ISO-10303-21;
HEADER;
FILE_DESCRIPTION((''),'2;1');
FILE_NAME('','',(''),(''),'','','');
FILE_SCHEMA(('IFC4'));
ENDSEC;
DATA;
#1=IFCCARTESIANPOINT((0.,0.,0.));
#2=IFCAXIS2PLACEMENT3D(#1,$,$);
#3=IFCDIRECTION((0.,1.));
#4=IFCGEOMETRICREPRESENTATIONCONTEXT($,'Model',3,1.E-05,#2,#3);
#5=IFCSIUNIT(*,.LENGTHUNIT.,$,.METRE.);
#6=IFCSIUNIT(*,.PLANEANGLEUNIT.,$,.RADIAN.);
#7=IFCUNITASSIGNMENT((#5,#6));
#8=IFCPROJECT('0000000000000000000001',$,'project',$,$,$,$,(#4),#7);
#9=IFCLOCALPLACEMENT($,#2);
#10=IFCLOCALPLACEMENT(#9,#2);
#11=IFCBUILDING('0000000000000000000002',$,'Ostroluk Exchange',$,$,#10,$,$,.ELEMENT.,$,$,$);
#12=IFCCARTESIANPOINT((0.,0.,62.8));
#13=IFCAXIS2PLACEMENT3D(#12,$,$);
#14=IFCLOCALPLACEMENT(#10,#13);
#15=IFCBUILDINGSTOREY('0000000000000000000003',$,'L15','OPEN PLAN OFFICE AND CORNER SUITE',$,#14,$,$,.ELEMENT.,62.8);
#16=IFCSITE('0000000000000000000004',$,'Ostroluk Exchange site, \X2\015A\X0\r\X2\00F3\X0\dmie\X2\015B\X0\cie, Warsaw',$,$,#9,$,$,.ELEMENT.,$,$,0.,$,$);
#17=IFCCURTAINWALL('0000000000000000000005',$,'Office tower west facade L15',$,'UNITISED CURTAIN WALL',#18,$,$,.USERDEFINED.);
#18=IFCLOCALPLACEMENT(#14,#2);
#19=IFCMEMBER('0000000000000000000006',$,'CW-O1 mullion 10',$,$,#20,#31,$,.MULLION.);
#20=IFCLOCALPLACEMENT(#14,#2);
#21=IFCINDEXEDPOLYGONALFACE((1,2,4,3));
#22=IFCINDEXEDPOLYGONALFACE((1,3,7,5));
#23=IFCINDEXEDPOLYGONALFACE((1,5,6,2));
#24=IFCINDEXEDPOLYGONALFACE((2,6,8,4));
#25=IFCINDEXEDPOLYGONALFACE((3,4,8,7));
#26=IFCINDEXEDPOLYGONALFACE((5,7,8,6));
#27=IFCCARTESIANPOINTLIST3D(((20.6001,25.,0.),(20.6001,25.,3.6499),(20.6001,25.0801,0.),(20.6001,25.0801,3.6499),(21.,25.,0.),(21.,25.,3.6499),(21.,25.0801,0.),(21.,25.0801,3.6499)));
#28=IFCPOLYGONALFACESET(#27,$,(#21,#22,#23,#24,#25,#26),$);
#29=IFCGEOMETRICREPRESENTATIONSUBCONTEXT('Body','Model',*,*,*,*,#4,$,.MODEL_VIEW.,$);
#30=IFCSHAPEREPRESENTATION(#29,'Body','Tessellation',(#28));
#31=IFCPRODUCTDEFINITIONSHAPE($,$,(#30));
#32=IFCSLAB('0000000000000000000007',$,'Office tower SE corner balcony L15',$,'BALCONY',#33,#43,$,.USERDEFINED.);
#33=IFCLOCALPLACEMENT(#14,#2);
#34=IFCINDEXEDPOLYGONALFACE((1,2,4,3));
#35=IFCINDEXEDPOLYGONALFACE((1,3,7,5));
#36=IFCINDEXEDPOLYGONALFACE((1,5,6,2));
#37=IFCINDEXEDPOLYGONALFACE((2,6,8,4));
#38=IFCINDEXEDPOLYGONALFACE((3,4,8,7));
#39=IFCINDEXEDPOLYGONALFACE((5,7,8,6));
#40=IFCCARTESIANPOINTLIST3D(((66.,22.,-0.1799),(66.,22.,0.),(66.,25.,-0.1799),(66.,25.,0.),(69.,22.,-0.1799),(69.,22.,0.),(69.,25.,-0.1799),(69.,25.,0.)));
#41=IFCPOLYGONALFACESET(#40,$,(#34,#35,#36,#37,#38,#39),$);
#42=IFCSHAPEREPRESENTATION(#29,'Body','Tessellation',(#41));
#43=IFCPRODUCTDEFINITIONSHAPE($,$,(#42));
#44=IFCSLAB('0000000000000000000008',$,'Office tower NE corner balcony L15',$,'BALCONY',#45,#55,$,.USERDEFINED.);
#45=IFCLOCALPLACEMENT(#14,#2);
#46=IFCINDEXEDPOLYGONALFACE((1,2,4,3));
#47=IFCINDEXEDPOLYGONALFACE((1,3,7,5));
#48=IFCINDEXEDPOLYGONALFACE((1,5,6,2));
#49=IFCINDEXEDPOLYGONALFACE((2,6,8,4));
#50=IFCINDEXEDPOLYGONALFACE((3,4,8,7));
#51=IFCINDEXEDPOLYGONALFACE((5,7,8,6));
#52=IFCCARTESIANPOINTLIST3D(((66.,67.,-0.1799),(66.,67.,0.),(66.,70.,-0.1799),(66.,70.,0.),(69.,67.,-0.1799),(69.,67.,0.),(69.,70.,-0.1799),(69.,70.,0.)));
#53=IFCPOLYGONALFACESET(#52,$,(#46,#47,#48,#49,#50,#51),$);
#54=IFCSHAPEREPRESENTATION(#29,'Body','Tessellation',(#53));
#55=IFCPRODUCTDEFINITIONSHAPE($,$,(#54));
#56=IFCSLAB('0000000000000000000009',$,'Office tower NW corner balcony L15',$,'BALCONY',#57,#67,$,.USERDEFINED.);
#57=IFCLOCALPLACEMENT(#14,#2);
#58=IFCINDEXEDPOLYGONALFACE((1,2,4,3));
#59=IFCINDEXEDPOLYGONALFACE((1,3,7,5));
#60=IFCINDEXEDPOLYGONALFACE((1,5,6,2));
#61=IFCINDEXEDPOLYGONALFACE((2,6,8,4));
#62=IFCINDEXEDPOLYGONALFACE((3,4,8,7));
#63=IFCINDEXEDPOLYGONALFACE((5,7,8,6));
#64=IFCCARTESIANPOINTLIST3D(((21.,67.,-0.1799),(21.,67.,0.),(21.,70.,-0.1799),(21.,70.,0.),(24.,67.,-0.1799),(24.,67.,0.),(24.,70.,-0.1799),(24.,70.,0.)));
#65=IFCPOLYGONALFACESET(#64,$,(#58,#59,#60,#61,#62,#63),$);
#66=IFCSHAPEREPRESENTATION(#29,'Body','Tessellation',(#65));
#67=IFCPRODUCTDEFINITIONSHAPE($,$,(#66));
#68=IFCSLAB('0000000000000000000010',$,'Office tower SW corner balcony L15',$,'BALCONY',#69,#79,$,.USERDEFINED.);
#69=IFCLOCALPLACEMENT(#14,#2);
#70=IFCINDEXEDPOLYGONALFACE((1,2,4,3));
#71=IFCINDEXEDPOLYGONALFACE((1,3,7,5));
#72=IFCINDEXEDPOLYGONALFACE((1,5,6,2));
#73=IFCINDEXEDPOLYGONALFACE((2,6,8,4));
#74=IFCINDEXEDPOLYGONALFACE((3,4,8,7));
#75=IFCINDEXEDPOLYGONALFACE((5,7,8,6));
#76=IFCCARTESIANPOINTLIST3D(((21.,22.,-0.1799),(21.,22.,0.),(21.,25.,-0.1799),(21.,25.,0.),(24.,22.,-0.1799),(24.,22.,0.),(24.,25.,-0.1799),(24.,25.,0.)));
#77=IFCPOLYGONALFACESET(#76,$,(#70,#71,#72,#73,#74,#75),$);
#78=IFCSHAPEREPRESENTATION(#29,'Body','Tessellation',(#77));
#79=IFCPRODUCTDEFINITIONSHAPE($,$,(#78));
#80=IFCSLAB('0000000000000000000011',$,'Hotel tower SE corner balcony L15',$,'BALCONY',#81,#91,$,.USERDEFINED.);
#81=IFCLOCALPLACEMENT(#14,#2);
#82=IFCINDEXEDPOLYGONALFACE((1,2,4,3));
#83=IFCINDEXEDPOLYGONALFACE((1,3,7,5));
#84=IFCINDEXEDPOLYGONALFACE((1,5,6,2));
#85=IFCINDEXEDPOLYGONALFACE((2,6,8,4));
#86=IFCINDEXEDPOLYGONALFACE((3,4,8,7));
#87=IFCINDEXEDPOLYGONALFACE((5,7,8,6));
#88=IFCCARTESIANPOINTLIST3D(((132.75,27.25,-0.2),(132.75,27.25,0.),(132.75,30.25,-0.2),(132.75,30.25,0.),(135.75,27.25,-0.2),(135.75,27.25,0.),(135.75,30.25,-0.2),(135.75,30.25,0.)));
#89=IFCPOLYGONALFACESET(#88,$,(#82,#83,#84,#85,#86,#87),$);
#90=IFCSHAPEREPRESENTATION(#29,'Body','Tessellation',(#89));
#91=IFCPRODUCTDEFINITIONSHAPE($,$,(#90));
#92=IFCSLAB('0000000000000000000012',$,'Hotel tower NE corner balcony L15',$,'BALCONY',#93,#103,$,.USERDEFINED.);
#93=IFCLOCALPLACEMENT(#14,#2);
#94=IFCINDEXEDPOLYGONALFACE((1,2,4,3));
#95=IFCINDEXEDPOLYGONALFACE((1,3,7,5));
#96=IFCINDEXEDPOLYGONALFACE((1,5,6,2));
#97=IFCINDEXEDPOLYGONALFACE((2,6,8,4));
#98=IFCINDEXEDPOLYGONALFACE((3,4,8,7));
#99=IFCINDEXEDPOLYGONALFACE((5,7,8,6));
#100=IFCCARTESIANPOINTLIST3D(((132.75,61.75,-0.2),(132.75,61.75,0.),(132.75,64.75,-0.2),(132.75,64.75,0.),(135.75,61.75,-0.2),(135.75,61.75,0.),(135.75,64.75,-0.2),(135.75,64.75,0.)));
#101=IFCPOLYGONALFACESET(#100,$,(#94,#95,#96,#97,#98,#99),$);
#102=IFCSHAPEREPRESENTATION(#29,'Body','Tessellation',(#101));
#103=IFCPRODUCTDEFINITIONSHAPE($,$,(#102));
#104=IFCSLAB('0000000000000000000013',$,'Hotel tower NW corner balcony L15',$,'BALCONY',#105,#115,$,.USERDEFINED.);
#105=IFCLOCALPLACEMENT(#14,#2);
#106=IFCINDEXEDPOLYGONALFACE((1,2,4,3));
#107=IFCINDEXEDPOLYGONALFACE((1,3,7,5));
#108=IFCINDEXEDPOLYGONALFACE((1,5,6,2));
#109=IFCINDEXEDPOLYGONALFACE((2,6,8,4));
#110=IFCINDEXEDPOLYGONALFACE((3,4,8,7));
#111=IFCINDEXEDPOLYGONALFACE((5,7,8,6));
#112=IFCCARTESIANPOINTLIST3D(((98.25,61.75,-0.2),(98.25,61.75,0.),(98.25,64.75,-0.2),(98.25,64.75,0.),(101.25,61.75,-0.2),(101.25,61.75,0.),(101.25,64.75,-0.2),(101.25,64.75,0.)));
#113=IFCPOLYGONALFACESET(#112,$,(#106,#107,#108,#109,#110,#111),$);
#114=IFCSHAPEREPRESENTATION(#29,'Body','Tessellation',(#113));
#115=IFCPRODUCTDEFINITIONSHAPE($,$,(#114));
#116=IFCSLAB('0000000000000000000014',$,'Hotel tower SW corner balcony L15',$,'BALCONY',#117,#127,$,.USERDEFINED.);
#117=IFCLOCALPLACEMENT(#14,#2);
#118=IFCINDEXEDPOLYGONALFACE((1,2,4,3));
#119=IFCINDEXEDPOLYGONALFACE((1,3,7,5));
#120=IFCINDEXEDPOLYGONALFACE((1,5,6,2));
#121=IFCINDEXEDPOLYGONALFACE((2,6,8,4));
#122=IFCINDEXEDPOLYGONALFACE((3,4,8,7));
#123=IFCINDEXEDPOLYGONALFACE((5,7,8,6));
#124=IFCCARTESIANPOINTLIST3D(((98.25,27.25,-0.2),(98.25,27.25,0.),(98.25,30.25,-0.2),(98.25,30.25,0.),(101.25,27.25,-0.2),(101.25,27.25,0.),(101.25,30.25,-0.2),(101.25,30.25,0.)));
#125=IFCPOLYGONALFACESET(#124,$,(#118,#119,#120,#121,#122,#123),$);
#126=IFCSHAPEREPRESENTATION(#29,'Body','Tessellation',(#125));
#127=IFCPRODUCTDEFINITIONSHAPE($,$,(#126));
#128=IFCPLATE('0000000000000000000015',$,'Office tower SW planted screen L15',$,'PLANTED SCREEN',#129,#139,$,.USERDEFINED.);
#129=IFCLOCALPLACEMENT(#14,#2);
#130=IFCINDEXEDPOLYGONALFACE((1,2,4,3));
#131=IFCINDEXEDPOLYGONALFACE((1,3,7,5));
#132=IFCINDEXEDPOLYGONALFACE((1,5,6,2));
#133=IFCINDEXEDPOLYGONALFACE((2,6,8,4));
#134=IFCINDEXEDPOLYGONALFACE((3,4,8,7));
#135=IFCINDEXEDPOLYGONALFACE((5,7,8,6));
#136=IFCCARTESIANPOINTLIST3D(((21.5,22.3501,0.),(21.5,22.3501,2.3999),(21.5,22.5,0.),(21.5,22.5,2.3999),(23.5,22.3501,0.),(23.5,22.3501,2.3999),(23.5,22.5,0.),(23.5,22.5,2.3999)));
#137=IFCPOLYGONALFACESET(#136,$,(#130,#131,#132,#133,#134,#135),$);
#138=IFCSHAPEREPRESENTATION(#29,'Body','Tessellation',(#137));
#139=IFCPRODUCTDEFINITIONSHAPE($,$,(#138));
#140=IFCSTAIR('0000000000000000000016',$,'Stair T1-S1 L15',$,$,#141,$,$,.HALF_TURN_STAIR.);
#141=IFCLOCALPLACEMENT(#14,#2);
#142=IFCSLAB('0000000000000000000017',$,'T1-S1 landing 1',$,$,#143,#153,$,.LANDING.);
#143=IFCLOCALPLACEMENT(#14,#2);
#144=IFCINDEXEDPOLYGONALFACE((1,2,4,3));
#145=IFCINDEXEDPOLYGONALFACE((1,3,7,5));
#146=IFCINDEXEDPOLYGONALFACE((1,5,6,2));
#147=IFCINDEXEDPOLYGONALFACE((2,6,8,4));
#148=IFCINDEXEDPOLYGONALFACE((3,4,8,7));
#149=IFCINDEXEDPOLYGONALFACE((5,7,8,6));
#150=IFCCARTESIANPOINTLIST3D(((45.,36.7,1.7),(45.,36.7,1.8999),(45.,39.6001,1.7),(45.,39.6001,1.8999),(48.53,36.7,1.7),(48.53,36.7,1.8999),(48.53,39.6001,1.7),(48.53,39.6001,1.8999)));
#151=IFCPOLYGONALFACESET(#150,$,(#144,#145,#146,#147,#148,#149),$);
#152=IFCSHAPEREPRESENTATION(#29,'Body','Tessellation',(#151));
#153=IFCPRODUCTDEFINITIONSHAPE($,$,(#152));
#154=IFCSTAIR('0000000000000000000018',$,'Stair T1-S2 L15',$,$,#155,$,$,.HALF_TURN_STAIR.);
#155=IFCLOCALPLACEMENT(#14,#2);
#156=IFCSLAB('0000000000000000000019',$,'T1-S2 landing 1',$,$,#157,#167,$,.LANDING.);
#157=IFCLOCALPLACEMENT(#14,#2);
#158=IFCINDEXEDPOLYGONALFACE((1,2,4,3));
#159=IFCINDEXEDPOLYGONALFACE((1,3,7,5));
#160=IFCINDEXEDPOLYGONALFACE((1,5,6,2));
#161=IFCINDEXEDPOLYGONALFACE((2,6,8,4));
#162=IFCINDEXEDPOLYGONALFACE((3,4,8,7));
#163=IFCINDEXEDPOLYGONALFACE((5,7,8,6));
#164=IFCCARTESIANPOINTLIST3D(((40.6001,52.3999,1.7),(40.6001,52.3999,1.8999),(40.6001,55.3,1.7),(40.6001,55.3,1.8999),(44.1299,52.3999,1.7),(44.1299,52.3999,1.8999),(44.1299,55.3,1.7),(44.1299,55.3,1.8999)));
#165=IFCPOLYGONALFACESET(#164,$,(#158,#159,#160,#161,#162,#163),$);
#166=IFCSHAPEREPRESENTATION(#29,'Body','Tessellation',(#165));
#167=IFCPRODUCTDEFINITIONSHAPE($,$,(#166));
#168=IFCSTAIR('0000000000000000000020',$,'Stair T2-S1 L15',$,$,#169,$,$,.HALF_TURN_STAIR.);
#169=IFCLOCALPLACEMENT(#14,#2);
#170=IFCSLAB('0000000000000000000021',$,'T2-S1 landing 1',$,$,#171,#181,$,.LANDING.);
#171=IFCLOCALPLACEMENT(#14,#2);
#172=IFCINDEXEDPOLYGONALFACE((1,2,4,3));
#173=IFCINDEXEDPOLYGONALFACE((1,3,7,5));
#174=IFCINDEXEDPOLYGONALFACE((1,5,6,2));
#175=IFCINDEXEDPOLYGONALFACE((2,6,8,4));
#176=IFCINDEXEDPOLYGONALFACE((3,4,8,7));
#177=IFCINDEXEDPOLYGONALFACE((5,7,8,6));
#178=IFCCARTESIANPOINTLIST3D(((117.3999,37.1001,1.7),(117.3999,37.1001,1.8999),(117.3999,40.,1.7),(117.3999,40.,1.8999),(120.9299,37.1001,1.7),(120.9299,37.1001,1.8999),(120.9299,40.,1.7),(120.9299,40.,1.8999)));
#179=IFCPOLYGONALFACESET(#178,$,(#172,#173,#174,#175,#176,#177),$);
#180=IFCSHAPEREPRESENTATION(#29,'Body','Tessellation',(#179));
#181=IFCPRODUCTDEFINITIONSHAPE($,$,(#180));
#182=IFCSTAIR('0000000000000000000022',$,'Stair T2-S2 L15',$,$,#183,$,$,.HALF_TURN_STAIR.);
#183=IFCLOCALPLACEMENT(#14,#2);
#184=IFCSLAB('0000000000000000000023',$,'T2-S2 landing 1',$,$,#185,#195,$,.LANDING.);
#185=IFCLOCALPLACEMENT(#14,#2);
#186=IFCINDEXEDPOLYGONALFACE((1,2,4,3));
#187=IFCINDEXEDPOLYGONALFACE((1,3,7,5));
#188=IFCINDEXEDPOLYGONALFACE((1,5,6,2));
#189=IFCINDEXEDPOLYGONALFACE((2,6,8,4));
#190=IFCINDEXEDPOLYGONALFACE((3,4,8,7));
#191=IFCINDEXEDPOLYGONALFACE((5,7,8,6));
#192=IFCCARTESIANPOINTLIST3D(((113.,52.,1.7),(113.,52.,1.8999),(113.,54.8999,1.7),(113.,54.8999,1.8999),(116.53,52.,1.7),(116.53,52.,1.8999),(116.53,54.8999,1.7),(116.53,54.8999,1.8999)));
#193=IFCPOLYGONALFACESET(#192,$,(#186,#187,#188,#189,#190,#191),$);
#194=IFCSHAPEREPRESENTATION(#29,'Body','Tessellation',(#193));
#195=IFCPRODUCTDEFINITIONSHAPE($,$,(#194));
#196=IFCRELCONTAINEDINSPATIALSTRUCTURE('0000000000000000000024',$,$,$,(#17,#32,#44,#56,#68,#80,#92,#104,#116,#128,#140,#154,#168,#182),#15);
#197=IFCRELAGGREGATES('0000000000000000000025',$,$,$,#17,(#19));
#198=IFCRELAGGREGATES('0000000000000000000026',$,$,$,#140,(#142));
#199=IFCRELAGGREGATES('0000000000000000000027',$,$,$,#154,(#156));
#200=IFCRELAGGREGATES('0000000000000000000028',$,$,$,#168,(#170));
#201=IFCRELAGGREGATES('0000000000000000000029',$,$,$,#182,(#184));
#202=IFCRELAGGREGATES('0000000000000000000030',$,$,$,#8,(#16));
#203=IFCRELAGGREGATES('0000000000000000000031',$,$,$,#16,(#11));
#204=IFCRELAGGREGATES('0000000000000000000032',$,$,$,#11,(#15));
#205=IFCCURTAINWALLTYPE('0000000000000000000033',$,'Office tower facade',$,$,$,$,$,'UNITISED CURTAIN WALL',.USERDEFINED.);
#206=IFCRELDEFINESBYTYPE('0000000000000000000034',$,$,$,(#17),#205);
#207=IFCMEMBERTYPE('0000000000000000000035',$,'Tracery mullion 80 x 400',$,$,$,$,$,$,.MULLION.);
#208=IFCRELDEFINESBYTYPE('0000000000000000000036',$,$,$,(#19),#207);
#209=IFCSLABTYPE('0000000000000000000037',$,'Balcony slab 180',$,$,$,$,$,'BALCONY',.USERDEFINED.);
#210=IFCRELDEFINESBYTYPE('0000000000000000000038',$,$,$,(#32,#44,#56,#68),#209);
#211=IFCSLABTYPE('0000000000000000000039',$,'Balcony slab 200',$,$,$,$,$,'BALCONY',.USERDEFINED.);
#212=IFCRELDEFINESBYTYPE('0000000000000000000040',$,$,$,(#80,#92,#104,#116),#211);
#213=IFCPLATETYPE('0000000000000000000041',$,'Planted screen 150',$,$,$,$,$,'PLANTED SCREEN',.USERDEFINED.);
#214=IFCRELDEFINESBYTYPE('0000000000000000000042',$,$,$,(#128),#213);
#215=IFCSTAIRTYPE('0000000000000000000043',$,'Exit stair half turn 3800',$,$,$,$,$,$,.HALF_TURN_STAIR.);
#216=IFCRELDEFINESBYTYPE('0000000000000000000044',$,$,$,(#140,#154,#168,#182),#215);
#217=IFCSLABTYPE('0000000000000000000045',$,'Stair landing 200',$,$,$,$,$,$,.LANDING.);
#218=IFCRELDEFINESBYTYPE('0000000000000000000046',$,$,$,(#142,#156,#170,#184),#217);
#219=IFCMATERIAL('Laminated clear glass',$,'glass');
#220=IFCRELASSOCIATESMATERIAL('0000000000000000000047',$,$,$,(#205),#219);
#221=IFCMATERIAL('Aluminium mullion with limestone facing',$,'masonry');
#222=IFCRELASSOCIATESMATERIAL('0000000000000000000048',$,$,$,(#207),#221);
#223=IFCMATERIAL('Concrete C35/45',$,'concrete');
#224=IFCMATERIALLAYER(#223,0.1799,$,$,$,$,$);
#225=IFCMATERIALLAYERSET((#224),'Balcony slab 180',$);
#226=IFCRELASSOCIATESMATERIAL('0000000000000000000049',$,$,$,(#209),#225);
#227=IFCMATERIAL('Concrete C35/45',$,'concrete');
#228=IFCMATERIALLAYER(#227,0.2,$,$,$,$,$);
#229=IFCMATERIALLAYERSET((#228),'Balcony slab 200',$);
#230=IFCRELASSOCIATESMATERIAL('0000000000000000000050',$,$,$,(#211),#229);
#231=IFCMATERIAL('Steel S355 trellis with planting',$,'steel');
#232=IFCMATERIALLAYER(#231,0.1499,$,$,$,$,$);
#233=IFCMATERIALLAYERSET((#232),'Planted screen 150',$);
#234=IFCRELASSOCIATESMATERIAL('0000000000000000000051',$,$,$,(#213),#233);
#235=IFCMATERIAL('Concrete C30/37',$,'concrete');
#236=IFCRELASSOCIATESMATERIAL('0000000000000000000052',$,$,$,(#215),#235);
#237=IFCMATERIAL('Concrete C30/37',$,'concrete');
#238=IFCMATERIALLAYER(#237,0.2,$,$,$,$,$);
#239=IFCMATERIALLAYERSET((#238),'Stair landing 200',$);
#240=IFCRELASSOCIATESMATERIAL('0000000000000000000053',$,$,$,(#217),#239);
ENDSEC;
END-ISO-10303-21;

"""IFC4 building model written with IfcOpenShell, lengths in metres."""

from ifc_helpers import new_model, si_unit, direction, frame, origin, origin_2d, place, context, subcontext, project, spatial, polyline, rectangle, outline, extrude, material, layer, layer_set, material_profile, profile_set, type_object, element, aggregate, save


model = new_model("IFC4")

# Units and contexts
model_context = context("Model", 3, precision=1e-05, world=origin(), true_north=direction((0.0, 1.0)))
body_context = subcontext(model_context, "Body", "Model", "MODEL_VIEW")
ifc_project = project(units=[si_unit("LENGTHUNIT", "METRE"), si_unit("PLANEANGLEUNIT", "RADIAN")], contexts=[model_context])

# Site, building, storey
site_placement = place(None, origin())
site = spatial("IfcSite", under=ifc_project, at=site_placement, Name="Ostroluk Exchange site, Śródmieście, Warsaw", CompositionType="ELEMENT", RefElevation=0.0)
building_placement = place(site_placement, origin())
building = spatial("IfcBuilding", under=site, at=building_placement, Name="Ostroluk Exchange", CompositionType="ELEMENT")
storey_placement = place(building_placement, frame((0.0, 0.0, 62.8)))
storey = spatial("IfcBuildingStorey", under=building, at=storey_placement, Name="L15", Description="OPEN PLAN OFFICE AND CORNER SUITE", CompositionType="ELEMENT", Elevation=62.8)

# Curtain wall, member
ifc_material_1 = material(Name="Laminated clear glass", Category="glass")
curtain_wall_type = type_object("IfcCurtainWallType", Name="Office tower facade", ElementType="UNITISED CURTAIN WALL", PredefinedType="USERDEFINED", material=ifc_material_1)
curtain_wall_placement = place(storey_placement, origin())
curtain_wall = element("IfcCurtainWall", 1, at=curtain_wall_placement, inside=storey, type_object=curtain_wall_type, Name="Office tower west facade L15", ObjectType="UNITISED CURTAIN WALL", PredefinedType="USERDEFINED")
ifc_material_2 = material(Name="Aluminium mullion with limestone facing", Category="masonry")
ifc_material_profile = material_profile(ifc_material_2, rectangle(XDim=0.3999, YDim=0.0801, at=origin_2d()), Name="Tracery mullion 80 x 400")
ifc_profile_set = profile_set([ifc_material_profile], Name="Aluminium mullion with limestone facing")
member_type = type_object("IfcMemberType", Name="Tracery mullion 80 x 400", PredefinedType="MULLION", material=ifc_profile_set)
member_placement = place(storey_placement, frame((20.8, 25.04, 0.0), z_axis=(0.0, 0.0, 1.0), x_axis=(1.0, 0.0, 0.0)))
member = element("IfcMember", 2, at=member_placement, type_object=member_type, Name="CW-O1 mullion 10", PredefinedType="MULLION", context=body_context, shape_type="SweptSolid", body=[
    extrude(rectangle(XDim=0.3999, YDim=0.0801, at=origin_2d()), origin(), (0.0, 0.0, 1.0), 3.6499),
])
aggregate(curtain_wall, [member])

# Slabs
ifc_material_3 = material(Name="Concrete C35/45", Category="concrete")
ifc_layer_1 = layer(ifc_material_3, 0.1799)
ifc_layer_set_1 = layer_set([ifc_layer_1], Name="Balcony slab 180")
slab_type_1 = type_object("IfcSlabType", Name="Balcony slab 180", ElementType="BALCONY", PredefinedType="USERDEFINED", material=ifc_layer_set_1)
slab_1_placement = place(storey_placement, frame((0.0, 0.0, -0.1799)))
element("IfcSlab", 3, at=slab_1_placement, inside=storey, type_object=slab_type_1, Name="Office tower SE corner balcony L15", ObjectType="BALCONY", PredefinedType="USERDEFINED", context=body_context, shape_type="SweptSolid", body=[
    extrude(outline(polyline([(66.0, 22.0), (69.0, 22.0), (69.0, 25.0), (66.0, 25.0), (66.0, 22.0)])), origin(), (0.0, 0.0, 1.0), 0.1799),
])
slab_2_placement = place(storey_placement, frame((0.0, 0.0, -0.1799)))
element("IfcSlab", 4, at=slab_2_placement, inside=storey, type_object=slab_type_1, Name="Office tower NE corner balcony L15", ObjectType="BALCONY", PredefinedType="USERDEFINED", context=body_context, shape_type="SweptSolid", body=[
    extrude(outline(polyline([(66.0, 67.0), (69.0, 67.0), (69.0, 70.0), (66.0, 70.0), (66.0, 67.0)])), origin(), (0.0, 0.0, 1.0), 0.1799),
])
slab_3_placement = place(storey_placement, frame((0.0, 0.0, -0.1799)))
element("IfcSlab", 5, at=slab_3_placement, inside=storey, type_object=slab_type_1, Name="Office tower NW corner balcony L15", ObjectType="BALCONY", PredefinedType="USERDEFINED", context=body_context, shape_type="SweptSolid", body=[
    extrude(outline(polyline([(21.0, 67.0), (24.0, 67.0), (24.0, 70.0), (21.0, 70.0), (21.0, 67.0)])), origin(), (0.0, 0.0, 1.0), 0.1799),
])
slab_4_placement = place(storey_placement, frame((0.0, 0.0, -0.1799)))
element("IfcSlab", 6, at=slab_4_placement, inside=storey, type_object=slab_type_1, Name="Office tower SW corner balcony L15", ObjectType="BALCONY", PredefinedType="USERDEFINED", context=body_context, shape_type="SweptSolid", body=[
    extrude(outline(polyline([(21.0, 22.0), (24.0, 22.0), (24.0, 25.0), (21.0, 25.0), (21.0, 22.0)])), origin(), (0.0, 0.0, 1.0), 0.1799),
])
ifc_material_4 = material(Name="Concrete C35/45", Category="concrete")
ifc_layer_2 = layer(ifc_material_4, 0.2)
ifc_layer_set_2 = layer_set([ifc_layer_2], Name="Balcony slab 200")
slab_type_2 = type_object("IfcSlabType", Name="Balcony slab 200", ElementType="BALCONY", PredefinedType="USERDEFINED", material=ifc_layer_set_2)
slab_5_placement = place(storey_placement, frame((0.0, 0.0, -0.2)))
element("IfcSlab", 7, at=slab_5_placement, inside=storey, type_object=slab_type_2, Name="Hotel tower SE corner balcony L15", ObjectType="BALCONY", PredefinedType="USERDEFINED", context=body_context, shape_type="SweptSolid", body=[
    extrude(outline(polyline([(132.75, 27.25), (135.75, 27.25), (135.75, 30.25), (132.75, 30.25), (132.75, 27.25)])), origin(), (0.0, 0.0, 1.0), 0.2),
])
slab_6_placement = place(storey_placement, frame((0.0, 0.0, -0.2)))
element("IfcSlab", 8, at=slab_6_placement, inside=storey, type_object=slab_type_2, Name="Hotel tower NE corner balcony L15", ObjectType="BALCONY", PredefinedType="USERDEFINED", context=body_context, shape_type="SweptSolid", body=[
    extrude(outline(polyline([(132.75, 61.75), (135.75, 61.75), (135.75, 64.75), (132.75, 64.75), (132.75, 61.75)])), origin(), (0.0, 0.0, 1.0), 0.2),
])
slab_7_placement = place(storey_placement, frame((0.0, 0.0, -0.2)))
element("IfcSlab", 9, at=slab_7_placement, inside=storey, type_object=slab_type_2, Name="Hotel tower NW corner balcony L15", ObjectType="BALCONY", PredefinedType="USERDEFINED", context=body_context, shape_type="SweptSolid", body=[
    extrude(outline(polyline([(98.25, 61.75), (101.25, 61.75), (101.25, 64.75), (98.25, 64.75), (98.25, 61.75)])), origin(), (0.0, 0.0, 1.0), 0.2),
])
slab_8_placement = place(storey_placement, frame((0.0, 0.0, -0.2)))
element("IfcSlab", 10, at=slab_8_placement, inside=storey, type_object=slab_type_2, Name="Hotel tower SW corner balcony L15", ObjectType="BALCONY", PredefinedType="USERDEFINED", context=body_context, shape_type="SweptSolid", body=[
    extrude(outline(polyline([(98.25, 27.25), (101.25, 27.25), (101.25, 30.25), (98.25, 30.25), (98.25, 27.25)])), origin(), (0.0, 0.0, 1.0), 0.2),
])

# Plate
ifc_material_5 = material(Name="Steel S355 trellis with planting", Category="steel")
ifc_layer_3 = layer(ifc_material_5, 0.1499)
ifc_layer_set_3 = layer_set([ifc_layer_3], Name="Planted screen 150")
plate_type = type_object("IfcPlateType", Name="Planted screen 150", ElementType="PLANTED SCREEN", PredefinedType="USERDEFINED", material=ifc_layer_set_3)
plate_placement = place(storey_placement, frame((22.5, 22.425, 0.0), z_axis=(0.0, 0.0, 1.0), x_axis=(1.0, 0.0, 0.0)))
element("IfcPlate", 11, at=plate_placement, inside=storey, type_object=plate_type, Name="Office tower SW planted screen L15", ObjectType="PLANTED SCREEN", PredefinedType="USERDEFINED", context=body_context, shape_type="SweptSolid", body=[
    extrude(rectangle(XDim=2.0, YDim=0.1499, at=origin_2d()), origin(), (0.0, 0.0, 1.0), 2.3999),
])

# Stairs, slabs
ifc_material_6 = material(Name="Concrete C30/37", Category="concrete")
stair_type = type_object("IfcStairType", Name="Exit stair half turn 3800", PredefinedType="HALF_TURN_STAIR", material=ifc_material_6)
stair_1_placement = place(storey_placement, origin())
stair_1 = element("IfcStair", 12, at=stair_1_placement, inside=storey, type_object=stair_type, Name="Stair T1-S1 L15", PredefinedType="HALF_TURN_STAIR")
ifc_material_7 = material(Name="Concrete C30/37", Category="concrete")
ifc_layer_4 = layer(ifc_material_7, 0.2)
ifc_layer_set_4 = layer_set([ifc_layer_4], Name="Stair landing 200")
slab_type_3 = type_object("IfcSlabType", Name="Stair landing 200", PredefinedType="LANDING", material=ifc_layer_set_4)
slab_9_placement = place(storey_placement, frame((0.0, 0.0, 1.7)))
slab_9 = element("IfcSlab", 13, at=slab_9_placement, type_object=slab_type_3, Name="T1-S1 landing 1", PredefinedType="LANDING", context=body_context, shape_type="SweptSolid", body=[
    extrude(outline(polyline([(45.0, 36.7), (45.0, 39.6001), (48.53, 39.6001), (48.53, 36.7), (45.0, 36.7)])), origin(), (0.0, 0.0, 1.0), 0.2),
])
aggregate(stair_1, [slab_9])
stair_2_placement = place(storey_placement, origin())
stair_2 = element("IfcStair", 14, at=stair_2_placement, inside=storey, type_object=stair_type, Name="Stair T1-S2 L15", PredefinedType="HALF_TURN_STAIR")
slab_10_placement = place(storey_placement, frame((0.0, 0.0, 1.7)))
slab_10 = element("IfcSlab", 15, at=slab_10_placement, type_object=slab_type_3, Name="T1-S2 landing 1", PredefinedType="LANDING", context=body_context, shape_type="SweptSolid", body=[
    extrude(outline(polyline([(44.1299, 52.3999), (44.1299, 55.3), (40.6001, 55.3), (40.6001, 52.3999), (44.1299, 52.3999)])), origin(), (0.0, 0.0, 1.0), 0.2),
])
aggregate(stair_2, [slab_10])
stair_3_placement = place(storey_placement, origin())
stair_3 = element("IfcStair", 16, at=stair_3_placement, inside=storey, type_object=stair_type, Name="Stair T2-S1 L15", PredefinedType="HALF_TURN_STAIR")
slab_11_placement = place(storey_placement, frame((0.0, 0.0, 1.7)))
slab_11 = element("IfcSlab", 17, at=slab_11_placement, type_object=slab_type_3, Name="T2-S1 landing 1", PredefinedType="LANDING", context=body_context, shape_type="SweptSolid", body=[
    extrude(outline(polyline([(117.3999, 37.1001), (117.3999, 40.0), (120.9299, 40.0), (120.9299, 37.1001), (117.3999, 37.1001)])), origin(), (0.0, 0.0, 1.0), 0.2),
])
aggregate(stair_3, [slab_11])
stair_4_placement = place(storey_placement, origin())
stair_4 = element("IfcStair", 18, at=stair_4_placement, inside=storey, type_object=stair_type, Name="Stair T2-S2 L15", PredefinedType="HALF_TURN_STAIR")
slab_12_placement = place(storey_placement, frame((0.0, 0.0, 1.7)))
slab_12 = element("IfcSlab", 19, at=slab_12_placement, type_object=slab_type_3, Name="T2-S2 landing 1", PredefinedType="LANDING", context=body_context, shape_type="SweptSolid", body=[
    extrude(outline(polyline([(116.53, 52.0), (116.53, 54.8999), (113.0, 54.8999), (113.0, 52.0), (116.53, 52.0)])), origin(), (0.0, 0.0, 1.0), 0.2),
])
aggregate(stair_4, [slab_12])

save(model, "model.ifc")
